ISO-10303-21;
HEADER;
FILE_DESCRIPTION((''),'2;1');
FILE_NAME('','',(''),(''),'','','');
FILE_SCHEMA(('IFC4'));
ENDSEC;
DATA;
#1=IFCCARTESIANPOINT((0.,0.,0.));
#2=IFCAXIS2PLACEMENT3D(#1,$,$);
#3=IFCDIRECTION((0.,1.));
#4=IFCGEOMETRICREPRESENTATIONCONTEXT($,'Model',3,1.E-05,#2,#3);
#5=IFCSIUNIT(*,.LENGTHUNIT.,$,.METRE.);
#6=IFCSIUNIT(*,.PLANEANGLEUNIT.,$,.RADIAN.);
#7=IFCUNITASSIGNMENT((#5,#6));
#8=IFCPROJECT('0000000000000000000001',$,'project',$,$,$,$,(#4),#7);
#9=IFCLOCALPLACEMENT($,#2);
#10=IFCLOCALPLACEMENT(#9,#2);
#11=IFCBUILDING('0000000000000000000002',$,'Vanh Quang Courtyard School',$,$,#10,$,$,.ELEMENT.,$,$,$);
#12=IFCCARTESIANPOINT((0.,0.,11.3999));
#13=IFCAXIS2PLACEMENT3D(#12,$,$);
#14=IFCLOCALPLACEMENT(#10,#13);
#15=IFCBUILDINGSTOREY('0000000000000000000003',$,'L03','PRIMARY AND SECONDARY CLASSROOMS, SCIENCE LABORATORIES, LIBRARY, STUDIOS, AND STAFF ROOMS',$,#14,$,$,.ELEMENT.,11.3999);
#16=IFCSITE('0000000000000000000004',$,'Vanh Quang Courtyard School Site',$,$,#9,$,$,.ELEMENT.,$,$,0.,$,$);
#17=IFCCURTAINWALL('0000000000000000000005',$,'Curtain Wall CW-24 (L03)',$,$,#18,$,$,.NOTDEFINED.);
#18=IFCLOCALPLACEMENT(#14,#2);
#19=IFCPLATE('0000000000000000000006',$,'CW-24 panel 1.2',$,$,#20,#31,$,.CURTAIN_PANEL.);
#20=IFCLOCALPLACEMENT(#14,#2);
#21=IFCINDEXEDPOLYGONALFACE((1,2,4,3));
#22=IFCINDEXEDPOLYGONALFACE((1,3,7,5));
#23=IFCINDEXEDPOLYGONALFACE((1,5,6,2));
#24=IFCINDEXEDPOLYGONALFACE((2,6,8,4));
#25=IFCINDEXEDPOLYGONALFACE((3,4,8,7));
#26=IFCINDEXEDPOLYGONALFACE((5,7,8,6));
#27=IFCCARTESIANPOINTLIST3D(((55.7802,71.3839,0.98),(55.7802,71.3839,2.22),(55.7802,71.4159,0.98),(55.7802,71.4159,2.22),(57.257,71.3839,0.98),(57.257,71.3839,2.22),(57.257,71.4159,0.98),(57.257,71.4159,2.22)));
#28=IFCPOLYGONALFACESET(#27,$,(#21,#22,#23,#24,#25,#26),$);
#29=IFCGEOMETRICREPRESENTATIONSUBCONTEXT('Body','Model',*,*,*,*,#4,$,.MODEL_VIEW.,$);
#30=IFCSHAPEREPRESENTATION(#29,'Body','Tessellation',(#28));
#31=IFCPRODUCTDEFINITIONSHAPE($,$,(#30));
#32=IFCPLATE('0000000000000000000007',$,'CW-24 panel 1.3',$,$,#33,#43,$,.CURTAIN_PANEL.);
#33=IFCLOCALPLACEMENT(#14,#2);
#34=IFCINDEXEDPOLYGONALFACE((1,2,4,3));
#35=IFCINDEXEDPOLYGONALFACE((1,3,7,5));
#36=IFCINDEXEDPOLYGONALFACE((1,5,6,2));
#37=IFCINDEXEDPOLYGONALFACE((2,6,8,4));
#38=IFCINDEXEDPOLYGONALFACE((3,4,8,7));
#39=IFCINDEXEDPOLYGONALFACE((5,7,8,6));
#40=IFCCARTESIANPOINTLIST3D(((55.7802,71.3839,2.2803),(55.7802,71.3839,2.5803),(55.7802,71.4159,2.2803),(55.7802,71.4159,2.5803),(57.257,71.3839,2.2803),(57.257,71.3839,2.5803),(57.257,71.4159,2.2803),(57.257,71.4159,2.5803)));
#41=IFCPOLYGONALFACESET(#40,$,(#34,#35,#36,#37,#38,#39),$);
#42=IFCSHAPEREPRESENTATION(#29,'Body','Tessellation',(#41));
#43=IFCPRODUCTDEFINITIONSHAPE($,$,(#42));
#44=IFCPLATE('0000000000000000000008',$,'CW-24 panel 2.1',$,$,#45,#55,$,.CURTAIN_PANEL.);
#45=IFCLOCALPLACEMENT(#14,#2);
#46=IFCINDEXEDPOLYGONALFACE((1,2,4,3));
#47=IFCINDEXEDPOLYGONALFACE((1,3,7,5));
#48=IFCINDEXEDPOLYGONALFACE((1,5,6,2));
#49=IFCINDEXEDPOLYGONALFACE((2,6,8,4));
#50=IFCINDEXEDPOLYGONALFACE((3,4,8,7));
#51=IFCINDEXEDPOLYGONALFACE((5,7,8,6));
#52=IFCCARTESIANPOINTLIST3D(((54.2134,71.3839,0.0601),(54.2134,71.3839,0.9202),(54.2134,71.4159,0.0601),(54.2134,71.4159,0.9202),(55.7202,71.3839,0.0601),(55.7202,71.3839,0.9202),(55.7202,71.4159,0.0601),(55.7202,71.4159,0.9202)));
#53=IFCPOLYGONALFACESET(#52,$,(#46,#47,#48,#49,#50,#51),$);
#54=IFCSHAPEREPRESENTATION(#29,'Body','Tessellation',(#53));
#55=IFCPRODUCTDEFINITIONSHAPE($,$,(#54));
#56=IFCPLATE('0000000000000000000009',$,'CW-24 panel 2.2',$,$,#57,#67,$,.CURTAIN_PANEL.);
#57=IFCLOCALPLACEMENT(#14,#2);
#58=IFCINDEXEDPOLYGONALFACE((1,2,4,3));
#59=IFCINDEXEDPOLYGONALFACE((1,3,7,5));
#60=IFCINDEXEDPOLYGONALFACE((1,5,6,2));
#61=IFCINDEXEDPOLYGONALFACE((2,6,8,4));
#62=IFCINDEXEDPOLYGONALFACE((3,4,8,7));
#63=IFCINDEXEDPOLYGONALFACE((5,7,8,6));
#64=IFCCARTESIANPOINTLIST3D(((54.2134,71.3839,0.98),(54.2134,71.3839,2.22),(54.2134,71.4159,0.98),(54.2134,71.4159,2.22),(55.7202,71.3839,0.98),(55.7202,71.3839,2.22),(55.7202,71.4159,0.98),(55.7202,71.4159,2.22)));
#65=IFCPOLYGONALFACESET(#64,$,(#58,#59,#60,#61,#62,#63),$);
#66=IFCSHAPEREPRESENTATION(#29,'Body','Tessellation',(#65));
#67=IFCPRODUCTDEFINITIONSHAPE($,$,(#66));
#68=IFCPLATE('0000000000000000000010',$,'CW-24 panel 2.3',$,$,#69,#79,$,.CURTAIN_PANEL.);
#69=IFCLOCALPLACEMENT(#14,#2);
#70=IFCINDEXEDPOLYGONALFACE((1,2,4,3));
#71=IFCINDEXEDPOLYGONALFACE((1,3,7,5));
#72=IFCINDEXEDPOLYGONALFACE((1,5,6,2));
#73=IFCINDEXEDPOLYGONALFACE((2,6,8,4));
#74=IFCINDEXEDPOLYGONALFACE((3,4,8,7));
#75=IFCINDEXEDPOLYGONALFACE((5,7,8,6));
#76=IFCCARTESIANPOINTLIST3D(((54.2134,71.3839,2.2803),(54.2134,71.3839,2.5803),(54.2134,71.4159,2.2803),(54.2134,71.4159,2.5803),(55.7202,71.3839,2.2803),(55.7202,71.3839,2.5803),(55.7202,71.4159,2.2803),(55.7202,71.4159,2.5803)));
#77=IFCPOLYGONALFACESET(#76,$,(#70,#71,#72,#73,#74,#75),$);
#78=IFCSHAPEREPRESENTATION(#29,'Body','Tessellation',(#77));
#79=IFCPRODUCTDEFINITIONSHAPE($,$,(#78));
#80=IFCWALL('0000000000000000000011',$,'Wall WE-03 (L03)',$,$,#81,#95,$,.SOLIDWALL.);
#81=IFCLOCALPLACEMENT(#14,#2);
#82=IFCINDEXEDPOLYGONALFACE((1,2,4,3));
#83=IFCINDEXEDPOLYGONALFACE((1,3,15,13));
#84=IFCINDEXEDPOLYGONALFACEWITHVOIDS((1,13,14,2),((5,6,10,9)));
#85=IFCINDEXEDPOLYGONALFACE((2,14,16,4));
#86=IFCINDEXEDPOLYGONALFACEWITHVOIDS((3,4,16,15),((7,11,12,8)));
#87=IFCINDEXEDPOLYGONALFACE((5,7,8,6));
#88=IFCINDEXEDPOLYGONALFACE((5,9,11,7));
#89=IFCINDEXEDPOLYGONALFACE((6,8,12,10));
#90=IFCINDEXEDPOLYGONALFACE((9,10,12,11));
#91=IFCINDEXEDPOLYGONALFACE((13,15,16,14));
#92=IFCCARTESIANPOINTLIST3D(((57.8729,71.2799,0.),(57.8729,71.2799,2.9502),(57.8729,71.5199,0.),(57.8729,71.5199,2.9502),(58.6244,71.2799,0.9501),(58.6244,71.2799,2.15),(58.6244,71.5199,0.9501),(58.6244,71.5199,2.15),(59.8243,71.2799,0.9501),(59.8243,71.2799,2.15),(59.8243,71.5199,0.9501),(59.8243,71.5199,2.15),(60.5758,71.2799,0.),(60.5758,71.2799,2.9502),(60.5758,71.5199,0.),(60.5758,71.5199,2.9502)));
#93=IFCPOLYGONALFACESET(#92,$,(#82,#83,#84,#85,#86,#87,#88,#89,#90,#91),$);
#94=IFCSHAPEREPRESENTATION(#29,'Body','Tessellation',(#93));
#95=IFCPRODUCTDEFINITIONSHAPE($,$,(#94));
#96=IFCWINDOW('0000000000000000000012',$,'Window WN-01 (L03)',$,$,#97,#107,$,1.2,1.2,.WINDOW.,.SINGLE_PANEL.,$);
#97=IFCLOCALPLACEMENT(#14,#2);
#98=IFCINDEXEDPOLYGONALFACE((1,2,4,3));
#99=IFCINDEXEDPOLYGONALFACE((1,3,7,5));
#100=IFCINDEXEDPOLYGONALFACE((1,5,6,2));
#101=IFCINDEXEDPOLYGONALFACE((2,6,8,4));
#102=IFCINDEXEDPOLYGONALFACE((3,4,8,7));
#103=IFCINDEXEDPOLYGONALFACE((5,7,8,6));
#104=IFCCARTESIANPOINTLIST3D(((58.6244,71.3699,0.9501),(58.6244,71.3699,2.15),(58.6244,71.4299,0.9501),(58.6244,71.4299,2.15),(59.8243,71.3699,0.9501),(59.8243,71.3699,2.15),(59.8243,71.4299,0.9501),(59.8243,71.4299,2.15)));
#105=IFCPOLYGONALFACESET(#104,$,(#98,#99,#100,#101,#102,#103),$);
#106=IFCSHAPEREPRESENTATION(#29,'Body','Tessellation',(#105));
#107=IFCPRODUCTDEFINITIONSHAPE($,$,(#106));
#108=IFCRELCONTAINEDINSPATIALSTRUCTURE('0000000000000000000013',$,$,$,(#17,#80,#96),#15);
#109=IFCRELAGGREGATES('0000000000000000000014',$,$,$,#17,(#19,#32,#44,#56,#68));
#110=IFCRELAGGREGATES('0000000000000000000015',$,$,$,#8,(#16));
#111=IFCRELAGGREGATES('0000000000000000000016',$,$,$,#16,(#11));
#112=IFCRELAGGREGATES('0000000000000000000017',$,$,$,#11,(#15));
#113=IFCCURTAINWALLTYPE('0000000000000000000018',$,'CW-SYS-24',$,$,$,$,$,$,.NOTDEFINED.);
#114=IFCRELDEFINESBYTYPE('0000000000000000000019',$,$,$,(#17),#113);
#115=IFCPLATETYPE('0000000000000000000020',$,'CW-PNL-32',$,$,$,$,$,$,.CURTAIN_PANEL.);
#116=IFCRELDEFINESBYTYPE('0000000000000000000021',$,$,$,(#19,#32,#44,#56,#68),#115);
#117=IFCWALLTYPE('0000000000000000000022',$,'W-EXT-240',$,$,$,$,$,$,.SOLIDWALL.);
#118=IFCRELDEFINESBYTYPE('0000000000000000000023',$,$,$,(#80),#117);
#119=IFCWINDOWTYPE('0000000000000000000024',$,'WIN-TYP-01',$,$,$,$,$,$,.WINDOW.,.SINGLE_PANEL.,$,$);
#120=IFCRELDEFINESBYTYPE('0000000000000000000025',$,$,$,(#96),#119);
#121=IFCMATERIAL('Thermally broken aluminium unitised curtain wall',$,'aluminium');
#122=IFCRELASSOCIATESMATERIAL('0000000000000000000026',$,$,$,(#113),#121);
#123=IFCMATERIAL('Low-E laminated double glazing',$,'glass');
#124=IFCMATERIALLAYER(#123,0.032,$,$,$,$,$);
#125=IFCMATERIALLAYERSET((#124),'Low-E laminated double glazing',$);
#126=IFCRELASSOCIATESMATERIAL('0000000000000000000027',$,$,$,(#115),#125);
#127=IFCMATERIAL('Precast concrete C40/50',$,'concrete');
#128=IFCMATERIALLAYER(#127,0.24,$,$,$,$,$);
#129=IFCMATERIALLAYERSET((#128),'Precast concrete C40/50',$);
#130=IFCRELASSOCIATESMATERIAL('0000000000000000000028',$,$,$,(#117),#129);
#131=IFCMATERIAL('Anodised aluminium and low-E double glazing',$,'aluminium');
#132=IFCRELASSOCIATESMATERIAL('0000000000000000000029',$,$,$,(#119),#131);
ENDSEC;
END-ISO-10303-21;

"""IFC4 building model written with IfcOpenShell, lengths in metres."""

from ifc_helpers import new_model, si_unit, direction, frame, frame_2d, origin, origin_2d, place, context, subcontext, project, spatial, rectangle, extrude, material, layer, layer_set, type_object, element, fill, aggregate, save


model = new_model("IFC4")

# Units and contexts
model_context = context("Model", 3, precision=1e-05, world=origin(), true_north=direction((0.0, 1.0)))
body_context = subcontext(model_context, "Body", "Model", "MODEL_VIEW")
ifc_project = project(units=[si_unit("LENGTHUNIT", "METRE"), si_unit("PLANEANGLEUNIT", "RADIAN")], contexts=[model_context])

# Site, building, storey
site_placement = place(None, origin())
site = spatial("IfcSite", under=ifc_project, at=site_placement, Name="Vanh Quang Courtyard School Site", CompositionType="ELEMENT", RefElevation=0.0)
building_placement = place(site_placement, origin())
building = spatial("IfcBuilding", under=site, at=building_placement, Name="Vanh Quang Courtyard School", CompositionType="ELEMENT")
storey_placement = place(building_placement, frame((0.0, 0.0, 11.3999)))
storey = spatial("IfcBuildingStorey", under=building, at=storey_placement, Name="L03", Description="PRIMARY AND SECONDARY CLASSROOMS, SCIENCE LABORATORIES, LIBRARY, STUDIOS, AND STAFF ROOMS", CompositionType="ELEMENT", Elevation=11.3999)

# Curtain wall
ifc_material_1 = material(Name="Thermally broken aluminium unitised curtain wall", Category="aluminium")
curtain_wall_type_1 = type_object("IfcCurtainWallType", Name="CW-SYS-24", PredefinedType="NOTDEFINED", material=ifc_material_1)
curtain_wall_1_placement = place(storey_placement, origin())
curtain_wall_1 = element("IfcCurtainWall", 1, at=curtain_wall_1_placement, inside=storey, type_object=curtain_wall_type_1, Name="Curtain Wall CW-24 (L03)", PredefinedType="NOTDEFINED")

# Plates
ifc_material_2 = material(Name="Low-E laminated double glazing", Category="glass")
ifc_layer_1 = layer(ifc_material_2, 0.032)
ifc_layer_set_1 = layer_set([ifc_layer_1], Name="Low-E laminated double glazing")
plate_type_1 = type_object("IfcPlateType", Name="CW-PNL-32", PredefinedType="CURTAIN_PANEL", material=ifc_layer_set_1)
plate_1_placement = place(storey_placement, frame((56.5186, 71.3999, 0.98), z_axis=(0.0, 0.0, 1.0), x_axis=(-1.0, 0.0, 0.0)))
plate_1 = element("IfcPlate", 2, at=plate_1_placement, type_object=plate_type_1, Name="CW-24 panel 1.2", PredefinedType="CURTAIN_PANEL", context=body_context, shape_type="SweptSolid", body=[
    extrude(rectangle(XDim=1.4768, YDim=0.032, at=origin_2d()), origin(), (0.0, 0.0, 1.0), 1.24),
])
plate_2_placement = place(storey_placement, frame((56.5186, 71.3999, 2.2803), z_axis=(0.0, 0.0, 1.0), x_axis=(-1.0, 0.0, 0.0)))
plate_2 = element("IfcPlate", 3, at=plate_2_placement, type_object=plate_type_1, Name="CW-24 panel 1.3", PredefinedType="CURTAIN_PANEL", context=body_context, shape_type="SweptSolid", body=[
    extrude(rectangle(XDim=1.4768, YDim=0.032, at=origin_2d()), origin(), (0.0, 0.0, 1.0), 0.3),
])
plate_3_placement = place(storey_placement, frame((54.9668, 71.3999, 0.0601), z_axis=(0.0, 0.0, 1.0), x_axis=(-1.0, 0.0, 0.0)))
plate_3 = element("IfcPlate", 4, at=plate_3_placement, type_object=plate_type_1, Name="CW-24 panel 2.1", PredefinedType="CURTAIN_PANEL", context=body_context, shape_type="SweptSolid", body=[
    extrude(rectangle(XDim=1.5068, YDim=0.032, at=origin_2d()), origin(), (0.0, 0.0, 1.0), 0.8601),
])
plate_4_placement = place(storey_placement, frame((54.9668, 71.3999, 0.98), z_axis=(0.0, 0.0, 1.0), x_axis=(-1.0, 0.0, 0.0)))
plate_4 = element("IfcPlate", 5, at=plate_4_placement, type_object=plate_type_1, Name="CW-24 panel 2.2", PredefinedType="CURTAIN_PANEL", context=body_context, shape_type="SweptSolid", body=[
    extrude(rectangle(XDim=1.5068, YDim=0.032, at=origin_2d()), origin(), (0.0, 0.0, 1.0), 1.24),
])
plate_5_placement = place(storey_placement, frame((54.9668, 71.3999, 2.2803), z_axis=(0.0, 0.0, 1.0), x_axis=(-1.0, 0.0, 0.0)))
plate_5 = element("IfcPlate", 6, at=plate_5_placement, type_object=plate_type_1, Name="CW-24 panel 2.3", PredefinedType="CURTAIN_PANEL", context=body_context, shape_type="SweptSolid", body=[
    extrude(rectangle(XDim=1.5068, YDim=0.032, at=origin_2d()), origin(), (0.0, 0.0, 1.0), 0.3),
])
aggregate(curtain_wall_1, [plate_1, plate_2, plate_3, plate_4, plate_5])

# Wall, opening, window
ifc_material_3 = material(Name="Precast concrete C40/50", Category="concrete")
ifc_layer_2 = layer(ifc_material_3, 0.24)
ifc_layer_set_2 = layer_set([ifc_layer_2], Name="Precast concrete C40/50")
wall_type = type_object("IfcWallType", Name="W-EXT-240", PredefinedType="SOLIDWALL", material=ifc_layer_set_2)
wall_placement = place(storey_placement, frame((60.5759, 71.3999, 0.0), z_axis=(0.0, 0.0, 1.0), x_axis=(-1.0, 0.0, 0.0)))
wall = element("IfcWall", 7, at=wall_placement, inside=storey, type_object=wall_type, Name="Wall WE-03 (L03)", PredefinedType="SOLIDWALL", context=body_context, shape_type="SweptSolid", body=[
    extrude(rectangle(XDim=2.7029, YDim=0.24, at=frame_2d((1.3516, 0.0))), origin(), (0.0, 0.0, 1.0), 2.9502),
])
opening_placement = place(wall_placement, frame((0.7515, 0.0, 0.95)))
opening = element("IfcOpeningElement", 8, at=opening_placement, cuts=wall, PredefinedType="OPENING", context=body_context, shape_type="SweptSolid", body=[
    extrude(rectangle(XDim=1.2, YDim=1.2, at=frame_2d((0.6001, 0.6001))), frame((0.0, 0.1299, 0.0), z_axis=(0.0, -1.0, 0.0), x_axis=(1.0, 0.0, 0.0)), (0.0, 0.0, 1.0), 0.26),
])
ifc_material_4 = material(Name="Anodised aluminium and low-E double glazing", Category="aluminium")
window_type = type_object("IfcWindowType", Name="WIN-TYP-01", PartitioningType="SINGLE_PANEL", PredefinedType="WINDOW", material=ifc_material_4)
window_placement = place(opening_placement, origin())
window = element("IfcWindow", 9, at=window_placement, inside=storey, type_object=window_type, Name="Window WN-01 (L03)", OverallHeight=1.2, OverallWidth=1.2, PartitioningType="SINGLE_PANEL", PredefinedType="WINDOW", context=body_context, shape_type="SweptSolid", body=[
    extrude(rectangle(XDim=1.2, YDim=1.2, at=frame_2d((0.6001, 0.6001))), frame((0.0, 0.03, 0.0), z_axis=(0.0, -1.0, 0.0), x_axis=(1.0, 0.0, 0.0)), (0.0, 0.0, 1.0), 0.0601),
])
fill(opening, window)

save(model, "model.ifc")
